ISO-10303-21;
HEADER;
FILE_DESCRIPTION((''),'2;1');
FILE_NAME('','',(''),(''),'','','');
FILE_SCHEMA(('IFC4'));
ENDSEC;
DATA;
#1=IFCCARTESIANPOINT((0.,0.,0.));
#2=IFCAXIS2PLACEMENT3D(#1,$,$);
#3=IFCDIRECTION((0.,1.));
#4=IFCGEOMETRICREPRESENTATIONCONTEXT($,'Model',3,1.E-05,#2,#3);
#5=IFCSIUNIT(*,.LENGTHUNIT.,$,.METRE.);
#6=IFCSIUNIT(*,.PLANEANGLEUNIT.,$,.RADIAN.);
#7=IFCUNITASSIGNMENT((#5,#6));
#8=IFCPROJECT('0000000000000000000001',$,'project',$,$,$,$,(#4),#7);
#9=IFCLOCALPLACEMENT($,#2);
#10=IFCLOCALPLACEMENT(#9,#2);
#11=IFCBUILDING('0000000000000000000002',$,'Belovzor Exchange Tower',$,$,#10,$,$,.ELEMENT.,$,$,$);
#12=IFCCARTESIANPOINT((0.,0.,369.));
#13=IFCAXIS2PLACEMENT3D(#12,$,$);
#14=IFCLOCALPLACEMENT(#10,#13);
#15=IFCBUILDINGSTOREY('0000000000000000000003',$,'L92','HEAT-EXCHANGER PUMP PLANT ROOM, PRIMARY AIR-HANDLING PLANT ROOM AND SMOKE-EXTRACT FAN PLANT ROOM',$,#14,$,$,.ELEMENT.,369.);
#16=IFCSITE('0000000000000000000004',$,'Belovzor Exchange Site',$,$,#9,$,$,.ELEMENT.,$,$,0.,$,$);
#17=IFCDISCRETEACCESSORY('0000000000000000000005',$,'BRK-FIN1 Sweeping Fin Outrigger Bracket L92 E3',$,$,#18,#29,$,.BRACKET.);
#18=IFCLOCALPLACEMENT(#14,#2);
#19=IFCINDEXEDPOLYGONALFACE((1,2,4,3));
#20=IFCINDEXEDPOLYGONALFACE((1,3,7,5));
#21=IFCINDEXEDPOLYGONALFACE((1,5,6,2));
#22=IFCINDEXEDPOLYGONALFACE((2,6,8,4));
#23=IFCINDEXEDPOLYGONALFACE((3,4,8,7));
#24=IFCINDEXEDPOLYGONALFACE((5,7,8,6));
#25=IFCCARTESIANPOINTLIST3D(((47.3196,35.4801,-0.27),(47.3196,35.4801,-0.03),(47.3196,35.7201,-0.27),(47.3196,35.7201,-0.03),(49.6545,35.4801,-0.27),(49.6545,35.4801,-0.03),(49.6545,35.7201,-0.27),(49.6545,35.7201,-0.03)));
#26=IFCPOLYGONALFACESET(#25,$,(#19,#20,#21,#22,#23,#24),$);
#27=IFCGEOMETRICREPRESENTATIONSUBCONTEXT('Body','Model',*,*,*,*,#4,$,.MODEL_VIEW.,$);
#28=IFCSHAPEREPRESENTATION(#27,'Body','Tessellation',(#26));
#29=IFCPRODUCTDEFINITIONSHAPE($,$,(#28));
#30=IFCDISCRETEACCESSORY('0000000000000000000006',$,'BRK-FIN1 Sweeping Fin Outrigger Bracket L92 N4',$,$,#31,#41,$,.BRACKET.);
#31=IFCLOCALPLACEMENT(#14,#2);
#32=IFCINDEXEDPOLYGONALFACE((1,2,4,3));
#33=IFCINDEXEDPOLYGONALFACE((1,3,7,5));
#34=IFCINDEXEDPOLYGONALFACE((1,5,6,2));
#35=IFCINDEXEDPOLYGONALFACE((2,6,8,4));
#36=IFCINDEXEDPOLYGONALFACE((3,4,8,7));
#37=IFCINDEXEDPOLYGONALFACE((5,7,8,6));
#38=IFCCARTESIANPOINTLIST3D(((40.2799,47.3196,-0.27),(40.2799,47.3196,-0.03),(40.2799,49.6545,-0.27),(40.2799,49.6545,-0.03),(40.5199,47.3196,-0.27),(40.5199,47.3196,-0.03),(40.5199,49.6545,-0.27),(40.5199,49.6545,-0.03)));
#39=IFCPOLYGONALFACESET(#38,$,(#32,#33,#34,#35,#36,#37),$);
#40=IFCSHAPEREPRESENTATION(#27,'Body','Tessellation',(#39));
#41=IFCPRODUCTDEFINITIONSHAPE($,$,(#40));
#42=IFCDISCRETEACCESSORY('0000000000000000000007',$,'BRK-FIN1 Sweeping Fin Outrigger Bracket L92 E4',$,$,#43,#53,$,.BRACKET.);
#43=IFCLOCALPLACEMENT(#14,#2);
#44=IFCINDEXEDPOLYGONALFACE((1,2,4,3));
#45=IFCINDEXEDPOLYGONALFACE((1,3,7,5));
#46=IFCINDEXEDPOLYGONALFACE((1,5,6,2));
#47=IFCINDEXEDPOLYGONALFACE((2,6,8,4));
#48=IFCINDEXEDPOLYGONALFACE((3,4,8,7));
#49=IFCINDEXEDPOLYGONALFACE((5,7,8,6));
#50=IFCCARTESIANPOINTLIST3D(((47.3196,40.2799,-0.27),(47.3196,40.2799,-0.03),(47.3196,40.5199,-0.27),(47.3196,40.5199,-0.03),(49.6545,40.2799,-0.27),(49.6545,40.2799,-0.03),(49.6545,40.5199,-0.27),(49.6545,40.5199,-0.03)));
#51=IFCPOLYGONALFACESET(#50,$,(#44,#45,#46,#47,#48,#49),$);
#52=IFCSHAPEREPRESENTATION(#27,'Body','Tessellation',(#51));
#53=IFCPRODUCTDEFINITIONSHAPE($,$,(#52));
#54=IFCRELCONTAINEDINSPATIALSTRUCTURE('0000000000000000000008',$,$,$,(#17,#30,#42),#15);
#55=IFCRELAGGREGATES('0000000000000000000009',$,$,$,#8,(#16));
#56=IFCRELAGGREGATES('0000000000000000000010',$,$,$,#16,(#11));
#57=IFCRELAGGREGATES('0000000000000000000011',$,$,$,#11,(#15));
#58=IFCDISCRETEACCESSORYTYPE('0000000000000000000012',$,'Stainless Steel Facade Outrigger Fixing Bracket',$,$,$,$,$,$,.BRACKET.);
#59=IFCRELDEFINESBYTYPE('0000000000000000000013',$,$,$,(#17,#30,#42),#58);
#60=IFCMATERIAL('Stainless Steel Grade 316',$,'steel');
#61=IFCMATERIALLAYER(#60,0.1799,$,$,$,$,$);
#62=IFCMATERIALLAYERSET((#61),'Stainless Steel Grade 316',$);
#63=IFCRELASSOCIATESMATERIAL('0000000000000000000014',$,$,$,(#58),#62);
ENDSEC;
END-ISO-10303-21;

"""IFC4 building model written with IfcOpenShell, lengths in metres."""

from ifc_helpers import new_model, si_unit, direction, frame, origin, origin_2d, place, context, subcontext, project, spatial, rectangle, extrude, material, layer, layer_set, type_object, element, save


model = new_model("IFC4")

# Units and contexts
model_context = context("Model", 3, precision=1e-05, world=origin(), true_north=direction((0.0, 1.0)))
body_context = subcontext(model_context, "Body", "Model", "MODEL_VIEW")
ifc_project = project(units=[si_unit("LENGTHUNIT", "METRE"), si_unit("PLANEANGLEUNIT", "RADIAN")], contexts=[model_context])

# Site, building, storey
site_placement = place(None, origin())
site = spatial("IfcSite", under=ifc_project, at=site_placement, Name="Belovzor Exchange Site", CompositionType="ELEMENT", RefElevation=0.0)
building_placement = place(site_placement, origin())
building = spatial("IfcBuilding", under=site, at=building_placement, Name="Belovzor Exchange Tower", CompositionType="ELEMENT")
storey_placement = place(building_placement, frame((0.0, 0.0, 369.0)))
storey = spatial("IfcBuildingStorey", under=building, at=storey_placement, Name="L92", Description="HEAT-EXCHANGER PUMP PLANT ROOM, PRIMARY AIR-HANDLING PLANT ROOM AND SMOKE-EXTRACT FAN PLANT ROOM", CompositionType="ELEMENT", Elevation=369.0)

# Discrete accessories
ifc_material_1 = material(Name="Stainless Steel Grade 316", Category="steel")
ifc_layer_1 = layer(ifc_material_1, 0.1799)
ifc_layer_set_1 = layer_set([ifc_layer_1], Name="Stainless Steel Grade 316")
discrete_accessory_type = type_object("IfcDiscreteAccessoryType", Name="Stainless Steel Facade Outrigger Fixing Bracket", PredefinedType="BRACKET", material=ifc_layer_set_1)
for number, where, z_axis, x_axis, name in (
    (1, (48.4871, 35.6001, -0.27), (0.0, 0.0, 1.0), (1.0, 0.0, 0.0), "BRK-FIN1 Sweeping Fin Outrigger Bracket L92 E3"),
    (2, (40.3999, 48.4871, -0.27), (0.0, 0.0, 1.0), (0.0, 1.0, 0.0), "BRK-FIN1 Sweeping Fin Outrigger Bracket L92 N4"),
    (3, (48.4871, 40.3999, -0.27), (0.0, 0.0, 1.0), (1.0, 0.0, 0.0), "BRK-FIN1 Sweeping Fin Outrigger Bracket L92 E4"),
):
    element("IfcDiscreteAccessory", number, at=place(storey_placement, frame(where, z_axis=z_axis, x_axis=x_axis)), inside=storey, type_object=discrete_accessory_type, Name=name, PredefinedType="BRACKET", context=body_context, shape_type="SweptSolid", body=[
        extrude(rectangle(XDim=2.335, YDim=0.24, at=origin_2d()), origin(), (0.0, 0.0, 1.0), 0.24),
    ])

save(model, "model.ifc")
